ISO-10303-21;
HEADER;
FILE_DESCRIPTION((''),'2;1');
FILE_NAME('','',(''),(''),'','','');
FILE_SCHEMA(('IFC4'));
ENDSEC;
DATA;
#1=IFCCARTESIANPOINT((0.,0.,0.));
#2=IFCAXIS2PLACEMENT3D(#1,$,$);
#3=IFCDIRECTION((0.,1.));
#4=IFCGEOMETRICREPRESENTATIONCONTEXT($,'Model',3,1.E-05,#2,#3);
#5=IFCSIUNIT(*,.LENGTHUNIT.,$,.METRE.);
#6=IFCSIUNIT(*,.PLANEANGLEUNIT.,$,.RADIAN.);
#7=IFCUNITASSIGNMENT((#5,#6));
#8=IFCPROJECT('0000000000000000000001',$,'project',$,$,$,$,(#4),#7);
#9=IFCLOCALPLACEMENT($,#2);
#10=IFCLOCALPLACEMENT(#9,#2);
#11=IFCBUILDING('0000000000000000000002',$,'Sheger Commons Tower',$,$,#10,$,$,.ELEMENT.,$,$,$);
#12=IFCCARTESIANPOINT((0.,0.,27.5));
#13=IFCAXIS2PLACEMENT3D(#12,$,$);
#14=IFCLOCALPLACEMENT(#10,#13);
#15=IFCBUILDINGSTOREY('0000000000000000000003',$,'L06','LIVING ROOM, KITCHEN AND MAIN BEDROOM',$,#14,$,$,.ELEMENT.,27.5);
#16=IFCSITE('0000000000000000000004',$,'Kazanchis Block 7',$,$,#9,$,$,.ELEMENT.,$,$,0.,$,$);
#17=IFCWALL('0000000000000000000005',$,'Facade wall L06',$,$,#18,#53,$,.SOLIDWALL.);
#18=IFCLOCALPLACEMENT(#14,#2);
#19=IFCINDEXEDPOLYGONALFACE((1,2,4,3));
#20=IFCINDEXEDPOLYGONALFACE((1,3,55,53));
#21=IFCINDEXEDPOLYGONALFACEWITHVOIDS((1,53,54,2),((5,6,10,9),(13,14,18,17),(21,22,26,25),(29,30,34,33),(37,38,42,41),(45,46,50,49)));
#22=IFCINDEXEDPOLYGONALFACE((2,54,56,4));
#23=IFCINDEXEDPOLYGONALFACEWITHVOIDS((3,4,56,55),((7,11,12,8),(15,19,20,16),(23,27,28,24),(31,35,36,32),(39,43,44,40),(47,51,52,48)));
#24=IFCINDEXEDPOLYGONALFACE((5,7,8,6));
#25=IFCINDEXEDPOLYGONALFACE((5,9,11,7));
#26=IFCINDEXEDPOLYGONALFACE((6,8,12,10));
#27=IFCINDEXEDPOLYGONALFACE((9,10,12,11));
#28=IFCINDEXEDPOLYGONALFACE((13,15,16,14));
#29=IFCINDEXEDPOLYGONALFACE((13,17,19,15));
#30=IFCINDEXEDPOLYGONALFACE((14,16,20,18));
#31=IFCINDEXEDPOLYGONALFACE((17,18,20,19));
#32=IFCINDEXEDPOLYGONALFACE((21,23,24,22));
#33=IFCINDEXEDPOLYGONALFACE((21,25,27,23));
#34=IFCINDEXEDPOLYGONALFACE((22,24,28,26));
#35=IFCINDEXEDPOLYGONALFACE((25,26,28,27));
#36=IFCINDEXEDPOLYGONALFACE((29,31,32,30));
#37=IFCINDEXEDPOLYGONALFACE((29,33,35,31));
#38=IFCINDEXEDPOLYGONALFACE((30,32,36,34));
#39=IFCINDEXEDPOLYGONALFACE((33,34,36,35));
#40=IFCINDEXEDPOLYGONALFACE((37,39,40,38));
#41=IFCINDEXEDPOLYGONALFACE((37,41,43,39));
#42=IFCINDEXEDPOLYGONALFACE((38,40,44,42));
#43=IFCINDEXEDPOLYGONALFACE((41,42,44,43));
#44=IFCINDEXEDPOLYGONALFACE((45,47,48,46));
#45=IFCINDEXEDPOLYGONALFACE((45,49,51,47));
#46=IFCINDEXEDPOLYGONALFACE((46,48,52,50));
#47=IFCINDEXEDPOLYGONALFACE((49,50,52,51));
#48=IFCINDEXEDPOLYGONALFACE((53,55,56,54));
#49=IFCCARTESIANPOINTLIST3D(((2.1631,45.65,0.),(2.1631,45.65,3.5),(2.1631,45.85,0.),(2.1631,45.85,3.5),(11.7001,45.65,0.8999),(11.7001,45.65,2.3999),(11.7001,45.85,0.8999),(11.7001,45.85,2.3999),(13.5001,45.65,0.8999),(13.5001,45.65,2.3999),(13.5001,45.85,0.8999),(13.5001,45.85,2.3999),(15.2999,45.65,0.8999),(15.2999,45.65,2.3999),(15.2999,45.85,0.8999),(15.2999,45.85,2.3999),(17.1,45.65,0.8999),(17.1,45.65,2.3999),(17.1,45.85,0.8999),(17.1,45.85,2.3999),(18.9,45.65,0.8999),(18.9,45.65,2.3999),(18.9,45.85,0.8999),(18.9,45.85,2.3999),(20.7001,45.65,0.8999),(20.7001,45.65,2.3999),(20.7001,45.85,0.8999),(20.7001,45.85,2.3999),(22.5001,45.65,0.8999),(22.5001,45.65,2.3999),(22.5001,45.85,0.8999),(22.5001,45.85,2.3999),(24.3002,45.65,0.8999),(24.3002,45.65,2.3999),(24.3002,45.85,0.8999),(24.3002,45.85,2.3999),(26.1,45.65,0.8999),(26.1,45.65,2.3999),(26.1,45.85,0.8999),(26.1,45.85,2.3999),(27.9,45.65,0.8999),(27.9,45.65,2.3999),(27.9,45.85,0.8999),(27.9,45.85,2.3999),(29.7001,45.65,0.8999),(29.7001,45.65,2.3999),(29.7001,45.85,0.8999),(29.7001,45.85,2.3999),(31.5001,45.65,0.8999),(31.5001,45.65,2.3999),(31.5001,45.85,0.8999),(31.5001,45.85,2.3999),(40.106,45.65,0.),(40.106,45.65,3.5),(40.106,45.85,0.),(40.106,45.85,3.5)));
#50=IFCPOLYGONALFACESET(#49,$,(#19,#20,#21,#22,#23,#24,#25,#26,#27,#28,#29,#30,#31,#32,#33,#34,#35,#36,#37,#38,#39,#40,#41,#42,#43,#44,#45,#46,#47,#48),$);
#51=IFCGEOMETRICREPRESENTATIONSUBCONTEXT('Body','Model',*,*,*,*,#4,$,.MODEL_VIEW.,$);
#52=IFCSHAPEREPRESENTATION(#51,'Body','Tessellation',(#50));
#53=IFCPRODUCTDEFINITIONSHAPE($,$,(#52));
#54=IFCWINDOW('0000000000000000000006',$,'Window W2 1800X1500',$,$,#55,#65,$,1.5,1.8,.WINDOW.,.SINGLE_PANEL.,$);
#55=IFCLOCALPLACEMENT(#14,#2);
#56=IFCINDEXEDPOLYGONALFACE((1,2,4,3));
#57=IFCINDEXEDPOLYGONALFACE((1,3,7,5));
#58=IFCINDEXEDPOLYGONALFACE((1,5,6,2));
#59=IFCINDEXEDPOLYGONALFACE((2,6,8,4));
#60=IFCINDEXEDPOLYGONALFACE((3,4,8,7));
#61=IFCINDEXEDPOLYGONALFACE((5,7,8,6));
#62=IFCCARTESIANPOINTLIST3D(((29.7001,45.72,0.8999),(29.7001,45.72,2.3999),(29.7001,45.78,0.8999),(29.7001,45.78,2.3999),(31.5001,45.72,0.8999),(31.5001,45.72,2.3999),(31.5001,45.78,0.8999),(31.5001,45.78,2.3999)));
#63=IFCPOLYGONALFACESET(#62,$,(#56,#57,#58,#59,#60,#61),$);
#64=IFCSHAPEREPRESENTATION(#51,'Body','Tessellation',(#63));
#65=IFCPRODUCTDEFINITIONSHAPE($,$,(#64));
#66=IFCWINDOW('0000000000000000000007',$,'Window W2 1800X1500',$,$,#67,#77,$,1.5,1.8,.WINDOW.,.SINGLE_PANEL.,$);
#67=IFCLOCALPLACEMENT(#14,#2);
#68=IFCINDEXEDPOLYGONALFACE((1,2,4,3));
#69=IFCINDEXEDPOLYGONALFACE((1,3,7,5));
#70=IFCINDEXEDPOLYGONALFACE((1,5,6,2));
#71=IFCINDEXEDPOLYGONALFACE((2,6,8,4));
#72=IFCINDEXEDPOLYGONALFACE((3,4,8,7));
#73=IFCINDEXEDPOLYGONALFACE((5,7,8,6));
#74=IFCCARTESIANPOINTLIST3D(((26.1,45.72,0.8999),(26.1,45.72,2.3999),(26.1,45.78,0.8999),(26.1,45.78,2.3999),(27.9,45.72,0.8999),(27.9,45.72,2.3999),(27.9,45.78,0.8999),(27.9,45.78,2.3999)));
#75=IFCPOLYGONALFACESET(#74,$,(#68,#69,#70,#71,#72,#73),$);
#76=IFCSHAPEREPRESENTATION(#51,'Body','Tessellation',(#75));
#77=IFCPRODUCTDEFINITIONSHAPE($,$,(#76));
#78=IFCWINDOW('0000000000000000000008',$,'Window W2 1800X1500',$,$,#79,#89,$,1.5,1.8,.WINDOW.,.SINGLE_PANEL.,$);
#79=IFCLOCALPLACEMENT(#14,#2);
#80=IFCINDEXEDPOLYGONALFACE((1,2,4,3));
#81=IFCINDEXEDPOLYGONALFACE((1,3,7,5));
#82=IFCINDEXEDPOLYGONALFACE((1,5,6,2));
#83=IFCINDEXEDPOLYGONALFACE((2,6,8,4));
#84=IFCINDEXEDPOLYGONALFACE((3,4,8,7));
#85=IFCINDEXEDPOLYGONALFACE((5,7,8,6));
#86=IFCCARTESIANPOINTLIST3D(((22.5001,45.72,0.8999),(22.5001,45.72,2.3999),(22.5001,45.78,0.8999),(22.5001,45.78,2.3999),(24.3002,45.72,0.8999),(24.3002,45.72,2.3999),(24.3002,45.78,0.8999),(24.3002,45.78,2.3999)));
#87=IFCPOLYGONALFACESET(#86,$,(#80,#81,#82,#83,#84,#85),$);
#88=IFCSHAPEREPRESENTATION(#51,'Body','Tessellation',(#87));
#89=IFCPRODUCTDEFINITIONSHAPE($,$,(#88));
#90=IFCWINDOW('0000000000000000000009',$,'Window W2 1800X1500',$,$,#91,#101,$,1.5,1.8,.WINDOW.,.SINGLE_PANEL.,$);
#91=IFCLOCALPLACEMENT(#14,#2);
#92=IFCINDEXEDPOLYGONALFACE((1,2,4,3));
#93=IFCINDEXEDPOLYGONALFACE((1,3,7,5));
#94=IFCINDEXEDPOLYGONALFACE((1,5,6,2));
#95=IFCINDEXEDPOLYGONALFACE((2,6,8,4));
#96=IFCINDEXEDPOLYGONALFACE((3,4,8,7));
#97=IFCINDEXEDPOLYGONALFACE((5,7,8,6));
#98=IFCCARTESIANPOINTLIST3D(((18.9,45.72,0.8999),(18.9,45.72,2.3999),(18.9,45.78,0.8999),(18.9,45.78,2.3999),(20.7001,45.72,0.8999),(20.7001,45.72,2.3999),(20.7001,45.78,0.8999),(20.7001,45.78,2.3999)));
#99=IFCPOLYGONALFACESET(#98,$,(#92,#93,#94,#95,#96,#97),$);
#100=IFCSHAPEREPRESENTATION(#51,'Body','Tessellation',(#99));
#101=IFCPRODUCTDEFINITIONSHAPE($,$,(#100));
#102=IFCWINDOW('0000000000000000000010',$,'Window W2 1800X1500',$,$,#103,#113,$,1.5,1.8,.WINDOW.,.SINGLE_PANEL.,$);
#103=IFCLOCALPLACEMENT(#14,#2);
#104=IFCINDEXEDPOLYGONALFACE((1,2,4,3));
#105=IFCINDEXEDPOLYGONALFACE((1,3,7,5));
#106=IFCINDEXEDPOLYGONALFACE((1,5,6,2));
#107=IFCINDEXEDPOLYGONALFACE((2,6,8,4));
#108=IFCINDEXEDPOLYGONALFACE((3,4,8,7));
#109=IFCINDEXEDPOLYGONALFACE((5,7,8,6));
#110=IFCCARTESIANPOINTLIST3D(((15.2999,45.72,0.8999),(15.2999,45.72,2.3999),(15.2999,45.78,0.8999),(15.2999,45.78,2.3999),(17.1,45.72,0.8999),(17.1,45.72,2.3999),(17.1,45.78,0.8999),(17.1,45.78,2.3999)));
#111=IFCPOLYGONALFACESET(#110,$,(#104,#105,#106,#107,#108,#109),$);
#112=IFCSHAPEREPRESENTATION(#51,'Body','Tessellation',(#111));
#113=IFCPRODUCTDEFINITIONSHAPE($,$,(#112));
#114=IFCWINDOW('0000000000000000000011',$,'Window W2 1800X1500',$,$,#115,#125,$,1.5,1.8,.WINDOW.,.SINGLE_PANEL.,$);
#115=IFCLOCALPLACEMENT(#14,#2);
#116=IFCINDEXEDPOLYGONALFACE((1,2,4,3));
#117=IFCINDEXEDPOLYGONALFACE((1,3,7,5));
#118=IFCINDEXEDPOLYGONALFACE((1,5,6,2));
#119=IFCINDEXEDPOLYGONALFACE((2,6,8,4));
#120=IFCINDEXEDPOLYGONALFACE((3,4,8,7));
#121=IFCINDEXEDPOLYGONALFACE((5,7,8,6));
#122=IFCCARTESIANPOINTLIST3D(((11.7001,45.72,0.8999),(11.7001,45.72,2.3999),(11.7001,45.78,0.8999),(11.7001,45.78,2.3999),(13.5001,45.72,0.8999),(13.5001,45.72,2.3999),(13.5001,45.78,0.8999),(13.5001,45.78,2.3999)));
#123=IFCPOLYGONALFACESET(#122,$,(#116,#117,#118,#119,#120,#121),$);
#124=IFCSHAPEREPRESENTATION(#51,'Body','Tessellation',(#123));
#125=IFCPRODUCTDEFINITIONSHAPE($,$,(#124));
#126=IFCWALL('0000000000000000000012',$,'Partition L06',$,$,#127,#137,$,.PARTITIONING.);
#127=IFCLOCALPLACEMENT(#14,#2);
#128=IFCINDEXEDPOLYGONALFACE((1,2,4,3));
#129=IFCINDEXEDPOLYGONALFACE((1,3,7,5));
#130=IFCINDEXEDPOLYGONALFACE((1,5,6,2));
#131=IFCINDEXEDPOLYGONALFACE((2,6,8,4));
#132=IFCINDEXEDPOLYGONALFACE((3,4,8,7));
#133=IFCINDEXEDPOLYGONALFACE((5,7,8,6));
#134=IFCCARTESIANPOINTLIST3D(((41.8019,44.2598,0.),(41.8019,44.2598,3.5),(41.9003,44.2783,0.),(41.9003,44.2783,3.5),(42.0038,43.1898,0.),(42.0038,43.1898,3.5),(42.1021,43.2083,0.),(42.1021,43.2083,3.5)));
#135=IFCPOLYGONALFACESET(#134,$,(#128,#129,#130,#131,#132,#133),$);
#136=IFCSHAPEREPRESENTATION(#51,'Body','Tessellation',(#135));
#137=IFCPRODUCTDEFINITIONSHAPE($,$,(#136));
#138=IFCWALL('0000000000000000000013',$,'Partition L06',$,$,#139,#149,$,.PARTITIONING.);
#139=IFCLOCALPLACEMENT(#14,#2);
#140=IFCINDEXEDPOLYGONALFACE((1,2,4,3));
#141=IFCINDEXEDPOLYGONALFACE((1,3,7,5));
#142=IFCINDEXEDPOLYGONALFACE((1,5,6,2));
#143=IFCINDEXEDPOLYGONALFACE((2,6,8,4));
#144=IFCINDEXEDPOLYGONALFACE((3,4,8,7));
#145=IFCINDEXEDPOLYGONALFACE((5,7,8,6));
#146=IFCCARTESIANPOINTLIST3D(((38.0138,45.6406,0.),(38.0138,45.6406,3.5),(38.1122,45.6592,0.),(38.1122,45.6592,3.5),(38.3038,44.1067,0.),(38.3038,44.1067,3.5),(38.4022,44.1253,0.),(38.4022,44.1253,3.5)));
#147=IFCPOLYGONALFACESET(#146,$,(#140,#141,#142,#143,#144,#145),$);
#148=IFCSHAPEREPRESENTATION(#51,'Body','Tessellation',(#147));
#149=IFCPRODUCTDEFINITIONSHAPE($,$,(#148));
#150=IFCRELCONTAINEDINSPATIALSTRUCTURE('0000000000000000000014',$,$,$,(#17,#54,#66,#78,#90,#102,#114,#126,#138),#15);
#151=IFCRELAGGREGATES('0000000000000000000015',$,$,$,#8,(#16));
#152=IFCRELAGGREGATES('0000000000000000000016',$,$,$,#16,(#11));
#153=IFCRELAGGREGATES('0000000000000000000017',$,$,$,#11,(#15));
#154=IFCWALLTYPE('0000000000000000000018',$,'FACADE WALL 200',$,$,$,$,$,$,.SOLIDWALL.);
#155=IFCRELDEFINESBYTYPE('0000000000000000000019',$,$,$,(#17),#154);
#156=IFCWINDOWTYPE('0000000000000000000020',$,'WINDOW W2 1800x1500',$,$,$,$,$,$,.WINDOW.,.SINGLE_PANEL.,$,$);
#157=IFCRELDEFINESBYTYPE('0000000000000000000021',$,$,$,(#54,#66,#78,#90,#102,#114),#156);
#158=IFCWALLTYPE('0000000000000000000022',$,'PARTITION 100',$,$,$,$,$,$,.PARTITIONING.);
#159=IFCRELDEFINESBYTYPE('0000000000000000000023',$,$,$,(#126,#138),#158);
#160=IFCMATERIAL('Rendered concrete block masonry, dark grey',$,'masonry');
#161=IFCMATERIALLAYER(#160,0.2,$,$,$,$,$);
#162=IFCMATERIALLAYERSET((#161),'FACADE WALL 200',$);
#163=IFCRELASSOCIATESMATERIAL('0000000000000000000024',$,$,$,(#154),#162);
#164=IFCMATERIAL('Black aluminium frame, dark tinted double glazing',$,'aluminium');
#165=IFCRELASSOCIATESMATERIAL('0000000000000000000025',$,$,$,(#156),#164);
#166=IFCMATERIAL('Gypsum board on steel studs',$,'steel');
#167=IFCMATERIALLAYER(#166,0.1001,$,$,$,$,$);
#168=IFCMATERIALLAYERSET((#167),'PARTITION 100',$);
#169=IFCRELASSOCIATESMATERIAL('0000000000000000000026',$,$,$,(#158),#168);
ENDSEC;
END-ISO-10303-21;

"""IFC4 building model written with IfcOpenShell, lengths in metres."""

from ifc_helpers import new_model, si_unit, direction, frame, frame_2d, origin, place, context, subcontext, project, spatial, rectangle, extrude, material, layer, layer_set, type_object, element, fill, save


model = new_model("IFC4")

# Units and contexts
model_context = context("Model", 3, precision=1e-05, world=origin(), true_north=direction((0.0, 1.0)))
body_context = subcontext(model_context, "Body", "Model", "MODEL_VIEW")
ifc_project = project(units=[si_unit("LENGTHUNIT", "METRE"), si_unit("PLANEANGLEUNIT", "RADIAN")], contexts=[model_context])

# Site, building, storey
site_placement = place(None, origin())
site = spatial("IfcSite", under=ifc_project, at=site_placement, Name="Kazanchis Block 7", CompositionType="ELEMENT", RefElevation=0.0)
building_placement = place(site_placement, origin())
building = spatial("IfcBuilding", under=site, at=building_placement, Name="Sheger Commons Tower", CompositionType="ELEMENT")
storey_placement = place(building_placement, frame((0.0, 0.0, 27.5)))
storey = spatial("IfcBuildingStorey", under=building, at=storey_placement, Name="L06", Description="LIVING ROOM, KITCHEN AND MAIN BEDROOM", CompositionType="ELEMENT", Elevation=27.5)

# Shared definitions
ifc_material_1 = material(Name="Rendered concrete block masonry, dark grey", Category="masonry")
ifc_layer_1 = layer(ifc_material_1, 0.2)
ifc_layer_set_1 = layer_set([ifc_layer_1], Name="FACADE WALL 200")
wall_type_1 = type_object("IfcWallType", Name="FACADE WALL 200", PredefinedType="SOLIDWALL", material=ifc_layer_set_1)

# Wall, openings, windows
wall_1_placement = place(storey_placement, frame((40.106, 45.75, 0.0), z_axis=(0.0, 0.0, 1.0), x_axis=(-1.0, 0.0, 0.0)))
wall_1 = element("IfcWall", 1, at=wall_1_placement, inside=storey, type_object=wall_type_1, Name="Facade wall L06", PredefinedType="SOLIDWALL", context=body_context, shape_type="SweptSolid", body=[
    extrude(rectangle(XDim=37.9429, YDim=0.2, at=frame_2d((18.9714, 0.0))), origin(), (0.0, 0.0, 1.0), 3.5),
])
opening_1_placement = place(wall_1_placement, frame((8.606, 0.0, 0.8999)))
opening_1 = element("IfcOpeningElement", 2, at=opening_1_placement, cuts=wall_1, PredefinedType="OPENING", context=body_context, shape_type="SweptSolid", body=[
    extrude(rectangle(XDim=1.8, YDim=1.5, at=frame_2d((0.8999, 0.75))), frame((0.0, 0.1099, 0.0), z_axis=(0.0, -1.0, 0.0), x_axis=(1.0, 0.0, 0.0)), (0.0, 0.0, 1.0), 0.22),
])
opening_2_placement = place(wall_1_placement, frame((12.2061, 0.0, 0.8999)))
opening_2 = element("IfcOpeningElement", 3, at=opening_2_placement, cuts=wall_1, PredefinedType="OPENING", context=body_context, shape_type="SweptSolid", body=[
    extrude(rectangle(XDim=1.8, YDim=1.5, at=frame_2d((0.8999, 0.75))), frame((0.0, 0.1099, 0.0), z_axis=(0.0, -1.0, 0.0), x_axis=(1.0, 0.0, 0.0)), (0.0, 0.0, 1.0), 0.22),
])
opening_3_placement = place(wall_1_placement, frame((15.8059, 0.0, 0.8999)))
opening_3 = element("IfcOpeningElement", 4, at=opening_3_placement, cuts=wall_1, PredefinedType="OPENING", context=body_context, shape_type="SweptSolid", body=[
    extrude(rectangle(XDim=1.8, YDim=1.5, at=frame_2d((0.8999, 0.75))), frame((0.0, 0.1099, 0.0), z_axis=(0.0, -1.0, 0.0), x_axis=(1.0, 0.0, 0.0)), (0.0, 0.0, 1.0), 0.22),
])
opening_4_placement = place(wall_1_placement, frame((19.406, 0.0, 0.8999)))
opening_4 = element("IfcOpeningElement", 5, at=opening_4_placement, cuts=wall_1, PredefinedType="OPENING", context=body_context, shape_type="SweptSolid", body=[
    extrude(rectangle(XDim=1.8, YDim=1.5, at=frame_2d((0.8999, 0.75))), frame((0.0, 0.1099, 0.0), z_axis=(0.0, -1.0, 0.0), x_axis=(1.0, 0.0, 0.0)), (0.0, 0.0, 1.0), 0.22),
])
opening_5_placement = place(wall_1_placement, frame((23.0061, 0.0, 0.8999)))
opening_5 = element("IfcOpeningElement", 6, at=opening_5_placement, cuts=wall_1, PredefinedType="OPENING", context=body_context, shape_type="SweptSolid", body=[
    extrude(rectangle(XDim=1.8, YDim=1.5, at=frame_2d((0.8999, 0.75))), frame((0.0, 0.1099, 0.0), z_axis=(0.0, -1.0, 0.0), x_axis=(1.0, 0.0, 0.0)), (0.0, 0.0, 1.0), 0.22),
])
opening_6_placement = place(wall_1_placement, frame((26.606, 0.0, 0.8999)))
opening_6 = element("IfcOpeningElement", 7, at=opening_6_placement, cuts=wall_1, PredefinedType="OPENING", context=body_context, shape_type="SweptSolid", body=[
    extrude(rectangle(XDim=1.8, YDim=1.5, at=frame_2d((0.8999, 0.75))), frame((0.0, 0.1099, 0.0), z_axis=(0.0, -1.0, 0.0), x_axis=(1.0, 0.0, 0.0)), (0.0, 0.0, 1.0), 0.22),
])
ifc_material_2 = material(Name="Black aluminium frame, dark tinted double glazing", Category="aluminium")
window_type = type_object("IfcWindowType", Name="WINDOW W2 1800x1500", PartitioningType="SINGLE_PANEL", PredefinedType="WINDOW", material=ifc_material_2)
window_1_placement = place(opening_1_placement, origin())
window_1 = element("IfcWindow", 8, at=window_1_placement, inside=storey, type_object=window_type, Name="Window W2 1800X1500", OverallHeight=1.5, OverallWidth=1.8, PartitioningType="SINGLE_PANEL", PredefinedType="WINDOW", context=body_context, shape_type="SweptSolid", body=[
    extrude(rectangle(XDim=1.8, YDim=1.5, at=frame_2d((0.8999, 0.75))), frame((0.0, 0.03, 0.0), z_axis=(0.0, -1.0, 0.0), x_axis=(1.0, 0.0, 0.0)), (0.0, 0.0, 1.0), 0.0601),
])
fill(opening_1, window_1)
window_2_placement = place(opening_2_placement, origin())
window_2 = element("IfcWindow", 9, at=window_2_placement, inside=storey, type_object=window_type, Name="Window W2 1800X1500", OverallHeight=1.5, OverallWidth=1.8, PartitioningType="SINGLE_PANEL", PredefinedType="WINDOW", context=body_context, shape_type="SweptSolid", body=[
    extrude(rectangle(XDim=1.8, YDim=1.5, at=frame_2d((0.8999, 0.75))), frame((0.0, 0.03, 0.0), z_axis=(0.0, -1.0, 0.0), x_axis=(1.0, 0.0, 0.0)), (0.0, 0.0, 1.0), 0.0601),
])
fill(opening_2, window_2)
window_3_placement = place(opening_3_placement, origin())
window_3 = element("IfcWindow", 10, at=window_3_placement, inside=storey, type_object=window_type, Name="Window W2 1800X1500", OverallHeight=1.5, OverallWidth=1.8, PartitioningType="SINGLE_PANEL", PredefinedType="WINDOW", context=body_context, shape_type="SweptSolid", body=[
    extrude(rectangle(XDim=1.8, YDim=1.5, at=frame_2d((0.8999, 0.75))), frame((0.0, 0.03, 0.0), z_axis=(0.0, -1.0, 0.0), x_axis=(1.0, 0.0, 0.0)), (0.0, 0.0, 1.0), 0.0601),
])
fill(opening_3, window_3)
window_4_placement = place(opening_4_placement, origin())
window_4 = element("IfcWindow", 11, at=window_4_placement, inside=storey, type_object=window_type, Name="Window W2 1800X1500", OverallHeight=1.5, OverallWidth=1.8, PartitioningType="SINGLE_PANEL", PredefinedType="WINDOW", context=body_context, shape_type="SweptSolid", body=[
    extrude(rectangle(XDim=1.8, YDim=1.5, at=frame_2d((0.8999, 0.75))), frame((0.0, 0.03, 0.0), z_axis=(0.0, -1.0, 0.0), x_axis=(1.0, 0.0, 0.0)), (0.0, 0.0, 1.0), 0.0601),
])
fill(opening_4, window_4)
window_5_placement = place(opening_5_placement, origin())
window_5 = element("IfcWindow", 12, at=window_5_placement, inside=storey, type_object=window_type, Name="Window W2 1800X1500", OverallHeight=1.5, OverallWidth=1.8, PartitioningType="SINGLE_PANEL", PredefinedType="WINDOW", context=body_context, shape_type="SweptSolid", body=[
    extrude(rectangle(XDim=1.8, YDim=1.5, at=frame_2d((0.8999, 0.75))), frame((0.0, 0.03, 0.0), z_axis=(0.0, -1.0, 0.0), x_axis=(1.0, 0.0, 0.0)), (0.0, 0.0, 1.0), 0.0601),
])
fill(opening_5, window_5)
window_6_placement = place(opening_6_placement, origin())
window_6 = element("IfcWindow", 13, at=window_6_placement, inside=storey, type_object=window_type, Name="Window W2 1800X1500", OverallHeight=1.5, OverallWidth=1.8, PartitioningType="SINGLE_PANEL", PredefinedType="WINDOW", context=body_context, shape_type="SweptSolid", body=[
    extrude(rectangle(XDim=1.8, YDim=1.5, at=frame_2d((0.8999, 0.75))), frame((0.0, 0.03, 0.0), z_axis=(0.0, -1.0, 0.0), x_axis=(1.0, 0.0, 0.0)), (0.0, 0.0, 1.0), 0.0601),
])
fill(opening_6, window_6)

# Walls
ifc_material_3 = material(Name="Gypsum board on steel studs", Category="steel")
ifc_layer_2 = layer(ifc_material_3, 0.1001)
ifc_layer_set_2 = layer_set([ifc_layer_2], Name="PARTITION 100")
wall_type_2 = type_object("IfcWallType", Name="PARTITION 100", PredefinedType="PARTITIONING", material=ifc_layer_set_2)
wall_2_placement = place(storey_placement, frame((41.8511, 44.269, 0.0), z_axis=(0.0, 0.0, 1.0), x_axis=(0.185412, -0.982661, 0.0)))
element("IfcWall", 14, at=wall_2_placement, inside=storey, type_object=wall_type_2, Name="Partition L06", PredefinedType="PARTITIONING", context=body_context, shape_type="SweptSolid", body=[
    extrude(rectangle(XDim=1.0889, YDim=0.1001, at=frame_2d((0.5444, 0.0))), origin(), (0.0, 0.0, 1.0), 3.5),
])
wall_3_placement = place(storey_placement, frame((38.063, 45.6499, 0.0), z_axis=(0.0, 0.0, 1.0), x_axis=(0.18579, -0.98259, 0.0)))
element("IfcWall", 15, at=wall_3_placement, inside=storey, type_object=wall_type_2, Name="Partition L06", PredefinedType="PARTITIONING", context=body_context, shape_type="SweptSolid", body=[
    extrude(rectangle(XDim=1.561, YDim=0.1001, at=frame_2d((0.7805, 0.0))), origin(), (0.0, 0.0, 1.0), 3.5),
])

save(model, "model.ifc")
